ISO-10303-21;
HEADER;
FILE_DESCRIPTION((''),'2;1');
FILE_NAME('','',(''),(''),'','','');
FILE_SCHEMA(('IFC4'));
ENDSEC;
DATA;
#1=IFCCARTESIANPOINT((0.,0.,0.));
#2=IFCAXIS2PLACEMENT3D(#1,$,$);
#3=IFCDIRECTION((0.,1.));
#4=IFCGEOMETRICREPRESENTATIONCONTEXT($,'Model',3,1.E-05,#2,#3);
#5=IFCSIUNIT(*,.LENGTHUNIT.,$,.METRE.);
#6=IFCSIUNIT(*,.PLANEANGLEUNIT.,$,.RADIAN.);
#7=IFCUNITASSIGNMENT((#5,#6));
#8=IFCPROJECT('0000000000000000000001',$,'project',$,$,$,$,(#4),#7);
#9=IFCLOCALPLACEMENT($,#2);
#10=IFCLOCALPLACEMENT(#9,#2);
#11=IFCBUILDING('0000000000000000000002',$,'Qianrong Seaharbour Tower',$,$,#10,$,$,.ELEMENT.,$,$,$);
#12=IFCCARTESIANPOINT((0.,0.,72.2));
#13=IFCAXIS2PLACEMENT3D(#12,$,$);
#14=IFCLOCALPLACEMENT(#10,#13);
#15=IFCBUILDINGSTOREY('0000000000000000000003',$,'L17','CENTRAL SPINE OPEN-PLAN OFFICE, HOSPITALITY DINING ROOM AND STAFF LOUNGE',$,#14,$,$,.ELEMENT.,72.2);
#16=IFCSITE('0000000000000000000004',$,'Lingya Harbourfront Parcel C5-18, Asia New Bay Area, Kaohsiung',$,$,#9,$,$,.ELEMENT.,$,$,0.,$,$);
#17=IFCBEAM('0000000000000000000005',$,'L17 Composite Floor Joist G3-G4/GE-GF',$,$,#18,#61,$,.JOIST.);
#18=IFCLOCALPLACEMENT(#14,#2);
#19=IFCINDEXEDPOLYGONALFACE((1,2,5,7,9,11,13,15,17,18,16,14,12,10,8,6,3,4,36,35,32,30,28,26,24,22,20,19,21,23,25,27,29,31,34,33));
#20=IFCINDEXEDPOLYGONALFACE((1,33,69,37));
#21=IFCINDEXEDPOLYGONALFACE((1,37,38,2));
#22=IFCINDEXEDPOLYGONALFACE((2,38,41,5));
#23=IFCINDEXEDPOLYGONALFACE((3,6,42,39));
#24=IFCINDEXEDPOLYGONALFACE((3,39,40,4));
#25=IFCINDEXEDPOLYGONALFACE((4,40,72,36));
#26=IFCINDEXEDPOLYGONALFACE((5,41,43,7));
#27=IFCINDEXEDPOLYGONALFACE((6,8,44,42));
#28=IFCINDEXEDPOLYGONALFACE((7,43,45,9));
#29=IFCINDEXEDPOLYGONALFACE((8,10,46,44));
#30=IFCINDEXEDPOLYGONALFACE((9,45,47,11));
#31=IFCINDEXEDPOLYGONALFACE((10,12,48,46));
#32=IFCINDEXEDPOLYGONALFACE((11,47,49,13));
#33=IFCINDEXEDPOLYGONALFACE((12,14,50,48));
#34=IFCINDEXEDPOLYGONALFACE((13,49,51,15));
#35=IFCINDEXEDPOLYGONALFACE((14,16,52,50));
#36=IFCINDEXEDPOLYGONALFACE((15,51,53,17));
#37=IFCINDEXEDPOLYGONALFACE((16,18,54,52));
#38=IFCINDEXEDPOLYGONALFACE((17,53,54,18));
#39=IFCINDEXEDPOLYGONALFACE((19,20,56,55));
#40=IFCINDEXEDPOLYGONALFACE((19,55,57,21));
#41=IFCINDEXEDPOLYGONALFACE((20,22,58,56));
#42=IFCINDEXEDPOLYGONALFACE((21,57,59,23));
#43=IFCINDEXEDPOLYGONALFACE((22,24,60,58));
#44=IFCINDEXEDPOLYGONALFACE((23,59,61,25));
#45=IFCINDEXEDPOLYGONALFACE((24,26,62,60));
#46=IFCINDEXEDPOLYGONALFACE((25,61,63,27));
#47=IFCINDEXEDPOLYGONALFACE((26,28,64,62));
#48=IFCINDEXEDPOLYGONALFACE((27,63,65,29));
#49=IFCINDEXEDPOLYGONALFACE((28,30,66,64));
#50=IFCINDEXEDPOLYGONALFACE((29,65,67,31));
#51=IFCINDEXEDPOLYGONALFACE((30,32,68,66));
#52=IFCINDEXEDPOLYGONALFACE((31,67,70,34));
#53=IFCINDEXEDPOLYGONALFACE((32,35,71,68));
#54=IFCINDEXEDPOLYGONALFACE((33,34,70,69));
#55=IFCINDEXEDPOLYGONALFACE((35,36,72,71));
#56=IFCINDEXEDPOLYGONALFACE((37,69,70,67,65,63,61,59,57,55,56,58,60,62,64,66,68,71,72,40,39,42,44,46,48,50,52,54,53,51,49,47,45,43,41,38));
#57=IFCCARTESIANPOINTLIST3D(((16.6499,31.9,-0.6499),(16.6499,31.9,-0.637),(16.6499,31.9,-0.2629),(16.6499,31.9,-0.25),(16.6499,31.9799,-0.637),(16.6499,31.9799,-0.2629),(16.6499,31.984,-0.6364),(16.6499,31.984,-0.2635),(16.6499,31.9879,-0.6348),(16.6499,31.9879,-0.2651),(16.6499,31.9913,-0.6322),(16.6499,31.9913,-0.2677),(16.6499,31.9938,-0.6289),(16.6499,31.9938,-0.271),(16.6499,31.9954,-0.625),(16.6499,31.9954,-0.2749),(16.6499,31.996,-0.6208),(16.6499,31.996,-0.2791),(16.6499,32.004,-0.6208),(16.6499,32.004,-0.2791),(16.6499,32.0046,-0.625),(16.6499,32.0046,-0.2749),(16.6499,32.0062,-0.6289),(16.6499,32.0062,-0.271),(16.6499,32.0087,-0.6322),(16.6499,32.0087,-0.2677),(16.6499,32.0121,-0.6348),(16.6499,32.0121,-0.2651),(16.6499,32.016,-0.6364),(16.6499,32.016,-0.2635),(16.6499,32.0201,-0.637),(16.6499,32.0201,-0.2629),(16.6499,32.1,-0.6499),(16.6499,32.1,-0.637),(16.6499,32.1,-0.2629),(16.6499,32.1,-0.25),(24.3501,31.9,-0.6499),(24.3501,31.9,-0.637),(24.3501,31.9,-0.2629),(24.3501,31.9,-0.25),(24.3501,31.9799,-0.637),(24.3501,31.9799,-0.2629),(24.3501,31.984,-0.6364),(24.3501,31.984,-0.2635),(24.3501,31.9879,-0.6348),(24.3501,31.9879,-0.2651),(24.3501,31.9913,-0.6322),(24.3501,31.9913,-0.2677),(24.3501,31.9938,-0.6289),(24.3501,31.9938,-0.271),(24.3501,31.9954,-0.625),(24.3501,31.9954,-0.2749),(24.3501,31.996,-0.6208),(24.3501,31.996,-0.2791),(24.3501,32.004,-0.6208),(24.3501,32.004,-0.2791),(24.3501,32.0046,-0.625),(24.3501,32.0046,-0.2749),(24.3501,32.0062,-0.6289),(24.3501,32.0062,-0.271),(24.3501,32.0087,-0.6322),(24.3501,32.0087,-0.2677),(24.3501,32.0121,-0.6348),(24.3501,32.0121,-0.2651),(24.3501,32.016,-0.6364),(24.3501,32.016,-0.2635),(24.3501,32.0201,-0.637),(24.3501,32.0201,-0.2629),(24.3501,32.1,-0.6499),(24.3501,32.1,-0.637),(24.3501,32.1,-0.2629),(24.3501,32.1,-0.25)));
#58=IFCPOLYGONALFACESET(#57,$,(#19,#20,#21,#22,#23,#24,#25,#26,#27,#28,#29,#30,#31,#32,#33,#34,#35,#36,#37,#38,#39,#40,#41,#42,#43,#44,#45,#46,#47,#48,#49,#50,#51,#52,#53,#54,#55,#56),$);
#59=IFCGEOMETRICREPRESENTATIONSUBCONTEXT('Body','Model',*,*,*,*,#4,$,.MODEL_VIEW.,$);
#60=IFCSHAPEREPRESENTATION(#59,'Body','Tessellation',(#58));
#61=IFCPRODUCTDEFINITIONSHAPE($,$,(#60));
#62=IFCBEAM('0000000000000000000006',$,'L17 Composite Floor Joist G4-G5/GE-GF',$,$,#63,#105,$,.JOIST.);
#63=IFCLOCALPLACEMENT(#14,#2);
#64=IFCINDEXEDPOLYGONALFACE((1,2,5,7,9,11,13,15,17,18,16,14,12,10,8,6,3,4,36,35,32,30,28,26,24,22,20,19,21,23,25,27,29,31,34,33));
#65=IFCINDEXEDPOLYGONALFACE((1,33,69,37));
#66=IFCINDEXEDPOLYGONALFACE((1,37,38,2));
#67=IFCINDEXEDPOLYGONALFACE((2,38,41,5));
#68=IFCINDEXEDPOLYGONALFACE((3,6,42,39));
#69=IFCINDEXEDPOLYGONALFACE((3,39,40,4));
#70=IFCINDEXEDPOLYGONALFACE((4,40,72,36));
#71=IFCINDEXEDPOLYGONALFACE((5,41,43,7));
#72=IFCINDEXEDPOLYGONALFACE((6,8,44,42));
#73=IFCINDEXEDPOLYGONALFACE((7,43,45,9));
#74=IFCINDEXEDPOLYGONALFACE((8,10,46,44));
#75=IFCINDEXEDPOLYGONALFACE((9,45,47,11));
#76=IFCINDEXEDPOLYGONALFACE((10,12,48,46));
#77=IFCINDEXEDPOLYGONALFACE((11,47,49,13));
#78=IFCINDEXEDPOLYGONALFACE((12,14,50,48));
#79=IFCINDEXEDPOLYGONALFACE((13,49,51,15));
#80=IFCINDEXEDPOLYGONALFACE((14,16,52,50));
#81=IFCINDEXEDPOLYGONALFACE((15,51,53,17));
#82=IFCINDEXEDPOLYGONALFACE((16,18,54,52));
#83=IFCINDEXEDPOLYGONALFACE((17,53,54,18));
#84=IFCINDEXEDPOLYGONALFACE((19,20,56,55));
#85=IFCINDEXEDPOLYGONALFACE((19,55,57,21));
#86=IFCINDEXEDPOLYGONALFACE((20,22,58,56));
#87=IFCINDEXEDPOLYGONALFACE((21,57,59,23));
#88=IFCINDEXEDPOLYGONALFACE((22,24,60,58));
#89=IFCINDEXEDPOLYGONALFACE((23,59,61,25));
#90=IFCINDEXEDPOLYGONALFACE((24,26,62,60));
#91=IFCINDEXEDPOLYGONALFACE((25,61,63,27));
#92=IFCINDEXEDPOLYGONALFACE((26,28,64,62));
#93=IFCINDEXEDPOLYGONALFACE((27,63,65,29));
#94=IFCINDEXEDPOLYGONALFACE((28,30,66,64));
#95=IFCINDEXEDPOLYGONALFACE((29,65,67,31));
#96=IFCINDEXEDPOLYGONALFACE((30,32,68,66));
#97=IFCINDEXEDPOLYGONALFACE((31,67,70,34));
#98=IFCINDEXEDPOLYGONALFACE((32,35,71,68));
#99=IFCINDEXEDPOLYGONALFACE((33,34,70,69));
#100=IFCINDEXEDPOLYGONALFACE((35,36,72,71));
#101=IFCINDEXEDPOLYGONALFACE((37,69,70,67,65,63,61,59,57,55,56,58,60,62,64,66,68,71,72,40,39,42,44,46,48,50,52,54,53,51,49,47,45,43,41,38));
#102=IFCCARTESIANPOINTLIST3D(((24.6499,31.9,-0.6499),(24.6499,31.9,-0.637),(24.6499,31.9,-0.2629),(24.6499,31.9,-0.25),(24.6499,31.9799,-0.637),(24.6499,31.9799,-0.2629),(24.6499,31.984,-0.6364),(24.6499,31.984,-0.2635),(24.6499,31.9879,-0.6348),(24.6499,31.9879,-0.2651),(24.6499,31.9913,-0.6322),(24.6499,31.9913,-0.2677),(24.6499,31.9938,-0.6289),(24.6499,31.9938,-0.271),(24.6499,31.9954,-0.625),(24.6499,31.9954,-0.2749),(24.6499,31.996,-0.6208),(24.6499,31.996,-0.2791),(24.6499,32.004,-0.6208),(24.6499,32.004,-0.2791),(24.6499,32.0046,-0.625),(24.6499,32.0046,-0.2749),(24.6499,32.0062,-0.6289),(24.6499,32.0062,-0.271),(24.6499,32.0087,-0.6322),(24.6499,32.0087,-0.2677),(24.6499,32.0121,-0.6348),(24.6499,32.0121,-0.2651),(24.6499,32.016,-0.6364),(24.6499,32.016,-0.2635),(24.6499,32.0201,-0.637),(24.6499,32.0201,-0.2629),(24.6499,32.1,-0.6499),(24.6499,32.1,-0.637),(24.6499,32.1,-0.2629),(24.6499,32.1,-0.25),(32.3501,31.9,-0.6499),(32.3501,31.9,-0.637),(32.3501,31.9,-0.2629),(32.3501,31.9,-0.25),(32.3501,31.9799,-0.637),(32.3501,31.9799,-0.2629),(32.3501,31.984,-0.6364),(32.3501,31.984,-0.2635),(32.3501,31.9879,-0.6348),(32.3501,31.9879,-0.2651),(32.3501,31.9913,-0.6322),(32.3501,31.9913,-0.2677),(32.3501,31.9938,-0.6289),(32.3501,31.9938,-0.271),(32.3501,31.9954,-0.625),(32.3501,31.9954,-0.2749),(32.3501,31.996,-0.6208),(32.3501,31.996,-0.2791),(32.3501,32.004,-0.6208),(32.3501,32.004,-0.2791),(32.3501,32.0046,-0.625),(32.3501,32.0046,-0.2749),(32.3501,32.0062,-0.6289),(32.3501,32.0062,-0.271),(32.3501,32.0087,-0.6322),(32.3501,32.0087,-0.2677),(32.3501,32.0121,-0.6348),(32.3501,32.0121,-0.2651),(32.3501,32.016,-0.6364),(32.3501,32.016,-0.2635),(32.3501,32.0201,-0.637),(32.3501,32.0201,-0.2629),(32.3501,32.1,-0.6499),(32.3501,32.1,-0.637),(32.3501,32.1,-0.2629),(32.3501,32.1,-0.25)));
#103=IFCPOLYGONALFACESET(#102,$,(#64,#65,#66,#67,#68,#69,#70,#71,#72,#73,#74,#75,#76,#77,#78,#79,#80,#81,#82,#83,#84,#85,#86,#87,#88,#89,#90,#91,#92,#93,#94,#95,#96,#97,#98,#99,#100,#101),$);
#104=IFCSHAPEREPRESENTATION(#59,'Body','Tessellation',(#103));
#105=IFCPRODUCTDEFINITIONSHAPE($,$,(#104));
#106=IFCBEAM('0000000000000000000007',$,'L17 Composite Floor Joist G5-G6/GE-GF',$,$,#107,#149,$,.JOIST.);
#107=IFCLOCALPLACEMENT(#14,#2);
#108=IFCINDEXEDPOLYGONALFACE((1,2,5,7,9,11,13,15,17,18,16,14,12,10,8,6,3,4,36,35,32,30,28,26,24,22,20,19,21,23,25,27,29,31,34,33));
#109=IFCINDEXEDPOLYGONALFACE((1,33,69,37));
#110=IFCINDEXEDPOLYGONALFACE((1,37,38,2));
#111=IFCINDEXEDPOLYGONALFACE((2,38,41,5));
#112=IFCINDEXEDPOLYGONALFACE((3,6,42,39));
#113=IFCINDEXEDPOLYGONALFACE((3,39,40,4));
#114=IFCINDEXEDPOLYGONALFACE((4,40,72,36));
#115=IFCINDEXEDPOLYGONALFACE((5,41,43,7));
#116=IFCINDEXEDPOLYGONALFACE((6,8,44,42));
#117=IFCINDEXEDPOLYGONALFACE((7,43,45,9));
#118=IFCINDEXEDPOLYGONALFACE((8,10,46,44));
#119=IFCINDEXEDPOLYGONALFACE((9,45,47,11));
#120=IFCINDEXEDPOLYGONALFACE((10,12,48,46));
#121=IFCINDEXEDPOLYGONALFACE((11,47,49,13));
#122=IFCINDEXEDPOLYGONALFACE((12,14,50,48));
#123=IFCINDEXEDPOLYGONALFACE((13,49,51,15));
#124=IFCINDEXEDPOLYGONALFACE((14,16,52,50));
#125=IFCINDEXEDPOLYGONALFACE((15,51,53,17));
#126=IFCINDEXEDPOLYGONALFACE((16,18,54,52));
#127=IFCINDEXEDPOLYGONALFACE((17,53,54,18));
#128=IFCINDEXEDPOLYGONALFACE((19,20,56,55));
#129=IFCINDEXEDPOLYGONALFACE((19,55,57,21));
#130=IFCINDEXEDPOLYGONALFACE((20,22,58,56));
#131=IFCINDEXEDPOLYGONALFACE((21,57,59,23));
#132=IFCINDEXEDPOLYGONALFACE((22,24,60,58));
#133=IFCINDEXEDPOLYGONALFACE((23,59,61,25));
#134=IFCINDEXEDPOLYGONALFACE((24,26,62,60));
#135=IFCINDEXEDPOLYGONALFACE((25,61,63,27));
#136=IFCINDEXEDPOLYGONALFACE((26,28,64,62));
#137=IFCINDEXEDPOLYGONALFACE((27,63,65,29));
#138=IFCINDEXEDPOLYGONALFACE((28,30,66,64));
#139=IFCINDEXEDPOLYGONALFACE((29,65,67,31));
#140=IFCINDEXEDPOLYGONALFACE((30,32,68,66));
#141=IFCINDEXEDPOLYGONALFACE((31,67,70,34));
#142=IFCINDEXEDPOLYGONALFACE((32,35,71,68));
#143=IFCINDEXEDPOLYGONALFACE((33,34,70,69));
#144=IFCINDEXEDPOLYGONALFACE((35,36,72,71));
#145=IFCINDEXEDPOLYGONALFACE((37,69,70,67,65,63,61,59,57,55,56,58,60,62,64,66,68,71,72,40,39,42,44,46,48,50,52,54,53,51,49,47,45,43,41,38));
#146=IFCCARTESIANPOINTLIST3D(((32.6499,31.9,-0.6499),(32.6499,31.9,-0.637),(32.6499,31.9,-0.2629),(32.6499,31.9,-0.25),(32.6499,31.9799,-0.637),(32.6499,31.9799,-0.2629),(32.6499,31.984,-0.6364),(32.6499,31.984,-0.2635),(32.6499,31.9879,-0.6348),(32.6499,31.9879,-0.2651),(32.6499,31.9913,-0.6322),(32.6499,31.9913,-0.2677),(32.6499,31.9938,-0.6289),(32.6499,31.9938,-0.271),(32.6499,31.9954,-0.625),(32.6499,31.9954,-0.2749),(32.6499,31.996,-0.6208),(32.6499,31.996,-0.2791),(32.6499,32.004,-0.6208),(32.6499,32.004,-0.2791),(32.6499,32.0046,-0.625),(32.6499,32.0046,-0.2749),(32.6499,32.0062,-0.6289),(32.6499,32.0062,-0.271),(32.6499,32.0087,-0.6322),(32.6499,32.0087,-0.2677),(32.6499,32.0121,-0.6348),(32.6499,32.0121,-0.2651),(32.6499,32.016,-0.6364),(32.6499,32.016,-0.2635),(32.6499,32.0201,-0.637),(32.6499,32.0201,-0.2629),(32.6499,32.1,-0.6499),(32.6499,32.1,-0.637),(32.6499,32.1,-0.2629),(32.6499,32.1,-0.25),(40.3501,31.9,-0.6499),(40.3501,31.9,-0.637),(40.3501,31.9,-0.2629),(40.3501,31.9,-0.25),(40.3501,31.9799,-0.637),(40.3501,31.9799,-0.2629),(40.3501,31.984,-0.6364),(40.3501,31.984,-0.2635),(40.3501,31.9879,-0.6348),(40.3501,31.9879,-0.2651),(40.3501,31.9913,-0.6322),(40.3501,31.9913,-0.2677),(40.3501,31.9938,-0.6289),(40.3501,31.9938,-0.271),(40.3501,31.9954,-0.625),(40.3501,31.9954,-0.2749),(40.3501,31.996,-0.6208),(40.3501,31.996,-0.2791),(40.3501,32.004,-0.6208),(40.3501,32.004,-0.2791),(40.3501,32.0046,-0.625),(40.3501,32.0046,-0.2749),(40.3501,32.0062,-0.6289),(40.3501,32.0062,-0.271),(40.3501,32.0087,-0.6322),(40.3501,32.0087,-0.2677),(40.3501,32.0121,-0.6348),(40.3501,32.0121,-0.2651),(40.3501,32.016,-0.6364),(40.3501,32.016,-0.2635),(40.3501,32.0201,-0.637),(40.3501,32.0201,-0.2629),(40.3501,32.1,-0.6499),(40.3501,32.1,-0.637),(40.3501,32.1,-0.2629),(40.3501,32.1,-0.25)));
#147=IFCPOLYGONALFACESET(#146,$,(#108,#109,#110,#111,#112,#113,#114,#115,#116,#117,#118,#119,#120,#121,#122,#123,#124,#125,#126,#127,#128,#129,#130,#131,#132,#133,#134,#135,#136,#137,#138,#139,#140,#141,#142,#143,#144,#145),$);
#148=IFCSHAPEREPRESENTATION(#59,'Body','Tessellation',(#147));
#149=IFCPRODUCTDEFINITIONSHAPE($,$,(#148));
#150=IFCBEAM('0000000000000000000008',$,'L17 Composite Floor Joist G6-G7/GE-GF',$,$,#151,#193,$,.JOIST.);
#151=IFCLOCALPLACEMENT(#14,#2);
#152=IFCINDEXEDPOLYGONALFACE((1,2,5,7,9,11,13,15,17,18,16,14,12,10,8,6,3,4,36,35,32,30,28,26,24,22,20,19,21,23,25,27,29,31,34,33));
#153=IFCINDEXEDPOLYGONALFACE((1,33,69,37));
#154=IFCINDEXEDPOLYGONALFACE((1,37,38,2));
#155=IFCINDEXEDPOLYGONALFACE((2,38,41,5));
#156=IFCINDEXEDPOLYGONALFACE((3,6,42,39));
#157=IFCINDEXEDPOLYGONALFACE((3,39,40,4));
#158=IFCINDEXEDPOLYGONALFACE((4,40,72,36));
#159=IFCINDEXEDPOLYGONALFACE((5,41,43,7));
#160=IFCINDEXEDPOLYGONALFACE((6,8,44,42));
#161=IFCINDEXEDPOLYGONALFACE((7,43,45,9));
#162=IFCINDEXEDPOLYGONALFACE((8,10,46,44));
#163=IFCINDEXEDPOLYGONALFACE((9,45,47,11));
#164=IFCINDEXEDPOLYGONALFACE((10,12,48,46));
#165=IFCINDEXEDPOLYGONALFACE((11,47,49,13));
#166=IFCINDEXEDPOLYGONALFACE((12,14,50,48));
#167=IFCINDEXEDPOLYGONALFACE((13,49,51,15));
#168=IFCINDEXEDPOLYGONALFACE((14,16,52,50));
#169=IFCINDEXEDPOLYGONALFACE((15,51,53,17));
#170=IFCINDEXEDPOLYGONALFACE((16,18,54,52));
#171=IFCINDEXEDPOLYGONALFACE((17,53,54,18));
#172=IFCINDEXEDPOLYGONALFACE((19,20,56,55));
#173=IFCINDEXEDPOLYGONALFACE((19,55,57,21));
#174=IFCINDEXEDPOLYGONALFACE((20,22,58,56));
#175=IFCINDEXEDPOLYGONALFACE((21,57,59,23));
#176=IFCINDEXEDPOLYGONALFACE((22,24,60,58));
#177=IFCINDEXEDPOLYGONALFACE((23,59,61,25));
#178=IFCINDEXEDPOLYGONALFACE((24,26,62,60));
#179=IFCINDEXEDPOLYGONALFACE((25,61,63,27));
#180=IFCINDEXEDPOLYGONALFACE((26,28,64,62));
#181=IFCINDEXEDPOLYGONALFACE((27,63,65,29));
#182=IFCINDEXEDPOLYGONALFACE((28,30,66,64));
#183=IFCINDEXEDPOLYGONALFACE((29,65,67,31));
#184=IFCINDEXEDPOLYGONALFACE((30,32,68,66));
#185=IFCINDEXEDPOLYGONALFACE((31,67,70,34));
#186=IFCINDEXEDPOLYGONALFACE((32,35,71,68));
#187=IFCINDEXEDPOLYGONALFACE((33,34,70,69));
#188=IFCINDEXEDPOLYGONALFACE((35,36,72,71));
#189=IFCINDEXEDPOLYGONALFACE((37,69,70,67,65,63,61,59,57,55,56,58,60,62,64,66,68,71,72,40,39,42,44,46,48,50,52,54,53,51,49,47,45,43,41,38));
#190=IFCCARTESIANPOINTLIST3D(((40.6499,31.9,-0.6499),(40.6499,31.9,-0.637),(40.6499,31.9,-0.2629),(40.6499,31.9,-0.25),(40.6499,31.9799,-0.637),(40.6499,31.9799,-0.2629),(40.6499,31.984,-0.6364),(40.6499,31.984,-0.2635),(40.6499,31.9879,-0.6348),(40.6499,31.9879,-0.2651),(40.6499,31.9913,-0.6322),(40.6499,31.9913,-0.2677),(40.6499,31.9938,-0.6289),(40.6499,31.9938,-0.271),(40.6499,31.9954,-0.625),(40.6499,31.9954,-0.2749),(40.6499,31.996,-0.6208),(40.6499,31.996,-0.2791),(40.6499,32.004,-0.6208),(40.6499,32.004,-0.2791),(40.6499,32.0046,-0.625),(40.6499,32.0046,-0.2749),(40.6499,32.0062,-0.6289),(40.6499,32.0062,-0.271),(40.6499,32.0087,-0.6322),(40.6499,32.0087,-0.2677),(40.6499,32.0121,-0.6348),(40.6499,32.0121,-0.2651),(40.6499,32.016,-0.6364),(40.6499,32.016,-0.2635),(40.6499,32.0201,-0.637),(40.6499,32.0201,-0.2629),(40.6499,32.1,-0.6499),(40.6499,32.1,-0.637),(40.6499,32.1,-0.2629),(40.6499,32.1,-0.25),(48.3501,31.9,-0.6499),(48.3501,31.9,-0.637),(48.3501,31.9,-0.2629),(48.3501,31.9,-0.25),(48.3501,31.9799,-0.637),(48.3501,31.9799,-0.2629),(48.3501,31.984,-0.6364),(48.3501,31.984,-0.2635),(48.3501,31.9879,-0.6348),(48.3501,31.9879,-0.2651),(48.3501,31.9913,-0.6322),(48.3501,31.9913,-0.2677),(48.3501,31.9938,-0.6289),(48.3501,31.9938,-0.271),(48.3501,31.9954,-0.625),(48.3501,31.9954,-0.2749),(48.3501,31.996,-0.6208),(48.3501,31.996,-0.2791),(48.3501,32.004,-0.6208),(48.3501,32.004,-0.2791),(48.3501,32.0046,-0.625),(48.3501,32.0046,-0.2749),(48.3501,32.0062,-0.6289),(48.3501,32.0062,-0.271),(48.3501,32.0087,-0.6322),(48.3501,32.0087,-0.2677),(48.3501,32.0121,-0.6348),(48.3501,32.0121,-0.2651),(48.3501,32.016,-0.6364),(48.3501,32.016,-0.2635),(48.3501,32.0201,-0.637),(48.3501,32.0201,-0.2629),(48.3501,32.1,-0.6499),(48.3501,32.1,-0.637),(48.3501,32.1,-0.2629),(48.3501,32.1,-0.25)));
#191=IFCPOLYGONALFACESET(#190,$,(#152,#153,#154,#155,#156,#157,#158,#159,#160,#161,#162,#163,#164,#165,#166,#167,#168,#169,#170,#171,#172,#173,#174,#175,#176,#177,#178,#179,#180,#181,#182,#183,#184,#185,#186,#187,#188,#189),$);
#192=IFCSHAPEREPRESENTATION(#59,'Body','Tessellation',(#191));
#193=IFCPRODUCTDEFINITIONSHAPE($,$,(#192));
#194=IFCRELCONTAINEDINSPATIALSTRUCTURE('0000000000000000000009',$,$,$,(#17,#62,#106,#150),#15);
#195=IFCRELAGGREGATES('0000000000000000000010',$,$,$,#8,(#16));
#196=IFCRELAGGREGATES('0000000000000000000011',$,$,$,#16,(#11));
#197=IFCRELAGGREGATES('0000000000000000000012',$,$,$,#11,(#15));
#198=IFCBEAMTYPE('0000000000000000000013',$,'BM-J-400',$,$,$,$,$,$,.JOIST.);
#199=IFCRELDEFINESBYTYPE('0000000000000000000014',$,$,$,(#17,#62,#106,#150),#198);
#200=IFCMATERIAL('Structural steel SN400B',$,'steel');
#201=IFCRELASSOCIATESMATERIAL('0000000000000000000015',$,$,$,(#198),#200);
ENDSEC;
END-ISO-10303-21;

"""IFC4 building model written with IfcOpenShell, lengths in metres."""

from ifc_helpers import new_model, si_unit, direction, frame, origin, origin_2d, place, context, subcontext, project, spatial, i_section, extrude, material, material_profile, profile_set, type_object, element, save


model = new_model("IFC4")

# Units and contexts
model_context = context("Model", 3, precision=1e-05, world=origin(), true_north=direction((0.0, 1.0)))
body_context = subcontext(model_context, "Body", "Model", "MODEL_VIEW")
ifc_project = project(units=[si_unit("LENGTHUNIT", "METRE"), si_unit("PLANEANGLEUNIT", "RADIAN")], contexts=[model_context])

# Site, building, storey
site_placement = place(None, origin())
site = spatial("IfcSite", under=ifc_project, at=site_placement, Name="Lingya Harbourfront Parcel C5-18, Asia New Bay Area, Kaohsiung", CompositionType="ELEMENT", RefElevation=0.0)
building_placement = place(site_placement, origin())
building = spatial("IfcBuilding", under=site, at=building_placement, Name="Qianrong Seaharbour Tower", CompositionType="ELEMENT")
storey_placement = place(building_placement, frame((0.0, 0.0, 72.2)))
storey = spatial("IfcBuildingStorey", under=building, at=storey_placement, Name="L17", Description="CENTRAL SPINE OPEN-PLAN OFFICE, HOSPITALITY DINING ROOM AND STAFF LOUNGE", CompositionType="ELEMENT", Elevation=72.2)

# Beams
ifc_material_1 = material(Name="Structural steel SN400B", Category="steel")
ifc_material_profile_1 = material_profile(ifc_material_1, i_section(OverallWidth=0.2, OverallDepth=0.3999, WebThickness=0.0081, FlangeThickness=0.0129, FilletRadius=0.0161, at=origin_2d()), Name="H400x200x8x13")
ifc_profile_set_1 = profile_set([ifc_material_profile_1], Name="Structural steel SN400B")
beam_type_1 = type_object("IfcBeamType", Name="BM-J-400", PredefinedType="JOIST", material=ifc_profile_set_1)
for number, where, z_axis, x_axis, name in (
    (1, (16.6499, 32.0, -0.45), (1.0, 0.0, 0.0), (0.0, 1.0, 0.0), "L17 Composite Floor Joist G3-G4/GE-GF"),
    (2, (24.6499, 32.0, -0.45), (1.0, 0.0, 0.0), (0.0, 1.0, 0.0), "L17 Composite Floor Joist G4-G5/GE-GF"),
    (3, (32.6499, 32.0, -0.45), (1.0, 0.0, 0.0), (0.0, 1.0, 0.0), "L17 Composite Floor Joist G5-G6/GE-GF"),
    (4, (40.6499, 32.0, -0.45), (1.0, 0.0, 0.0), (0.0, 1.0, 0.0), "L17 Composite Floor Joist G6-G7/GE-GF"),
):
    element("IfcBeam", number, at=place(storey_placement, frame(where, z_axis=z_axis, x_axis=x_axis)), inside=storey, type_object=beam_type_1, Name=name, PredefinedType="JOIST", context=body_context, shape_type="SweptSolid", body=[
        extrude(i_section(OverallWidth=0.2, OverallDepth=0.3999, WebThickness=0.0081, FlangeThickness=0.0129, FilletRadius=0.0161, at=origin_2d()), origin(), (0.0, 0.0, 1.0), 7.7002),
    ])

save(model, "model.ifc")
